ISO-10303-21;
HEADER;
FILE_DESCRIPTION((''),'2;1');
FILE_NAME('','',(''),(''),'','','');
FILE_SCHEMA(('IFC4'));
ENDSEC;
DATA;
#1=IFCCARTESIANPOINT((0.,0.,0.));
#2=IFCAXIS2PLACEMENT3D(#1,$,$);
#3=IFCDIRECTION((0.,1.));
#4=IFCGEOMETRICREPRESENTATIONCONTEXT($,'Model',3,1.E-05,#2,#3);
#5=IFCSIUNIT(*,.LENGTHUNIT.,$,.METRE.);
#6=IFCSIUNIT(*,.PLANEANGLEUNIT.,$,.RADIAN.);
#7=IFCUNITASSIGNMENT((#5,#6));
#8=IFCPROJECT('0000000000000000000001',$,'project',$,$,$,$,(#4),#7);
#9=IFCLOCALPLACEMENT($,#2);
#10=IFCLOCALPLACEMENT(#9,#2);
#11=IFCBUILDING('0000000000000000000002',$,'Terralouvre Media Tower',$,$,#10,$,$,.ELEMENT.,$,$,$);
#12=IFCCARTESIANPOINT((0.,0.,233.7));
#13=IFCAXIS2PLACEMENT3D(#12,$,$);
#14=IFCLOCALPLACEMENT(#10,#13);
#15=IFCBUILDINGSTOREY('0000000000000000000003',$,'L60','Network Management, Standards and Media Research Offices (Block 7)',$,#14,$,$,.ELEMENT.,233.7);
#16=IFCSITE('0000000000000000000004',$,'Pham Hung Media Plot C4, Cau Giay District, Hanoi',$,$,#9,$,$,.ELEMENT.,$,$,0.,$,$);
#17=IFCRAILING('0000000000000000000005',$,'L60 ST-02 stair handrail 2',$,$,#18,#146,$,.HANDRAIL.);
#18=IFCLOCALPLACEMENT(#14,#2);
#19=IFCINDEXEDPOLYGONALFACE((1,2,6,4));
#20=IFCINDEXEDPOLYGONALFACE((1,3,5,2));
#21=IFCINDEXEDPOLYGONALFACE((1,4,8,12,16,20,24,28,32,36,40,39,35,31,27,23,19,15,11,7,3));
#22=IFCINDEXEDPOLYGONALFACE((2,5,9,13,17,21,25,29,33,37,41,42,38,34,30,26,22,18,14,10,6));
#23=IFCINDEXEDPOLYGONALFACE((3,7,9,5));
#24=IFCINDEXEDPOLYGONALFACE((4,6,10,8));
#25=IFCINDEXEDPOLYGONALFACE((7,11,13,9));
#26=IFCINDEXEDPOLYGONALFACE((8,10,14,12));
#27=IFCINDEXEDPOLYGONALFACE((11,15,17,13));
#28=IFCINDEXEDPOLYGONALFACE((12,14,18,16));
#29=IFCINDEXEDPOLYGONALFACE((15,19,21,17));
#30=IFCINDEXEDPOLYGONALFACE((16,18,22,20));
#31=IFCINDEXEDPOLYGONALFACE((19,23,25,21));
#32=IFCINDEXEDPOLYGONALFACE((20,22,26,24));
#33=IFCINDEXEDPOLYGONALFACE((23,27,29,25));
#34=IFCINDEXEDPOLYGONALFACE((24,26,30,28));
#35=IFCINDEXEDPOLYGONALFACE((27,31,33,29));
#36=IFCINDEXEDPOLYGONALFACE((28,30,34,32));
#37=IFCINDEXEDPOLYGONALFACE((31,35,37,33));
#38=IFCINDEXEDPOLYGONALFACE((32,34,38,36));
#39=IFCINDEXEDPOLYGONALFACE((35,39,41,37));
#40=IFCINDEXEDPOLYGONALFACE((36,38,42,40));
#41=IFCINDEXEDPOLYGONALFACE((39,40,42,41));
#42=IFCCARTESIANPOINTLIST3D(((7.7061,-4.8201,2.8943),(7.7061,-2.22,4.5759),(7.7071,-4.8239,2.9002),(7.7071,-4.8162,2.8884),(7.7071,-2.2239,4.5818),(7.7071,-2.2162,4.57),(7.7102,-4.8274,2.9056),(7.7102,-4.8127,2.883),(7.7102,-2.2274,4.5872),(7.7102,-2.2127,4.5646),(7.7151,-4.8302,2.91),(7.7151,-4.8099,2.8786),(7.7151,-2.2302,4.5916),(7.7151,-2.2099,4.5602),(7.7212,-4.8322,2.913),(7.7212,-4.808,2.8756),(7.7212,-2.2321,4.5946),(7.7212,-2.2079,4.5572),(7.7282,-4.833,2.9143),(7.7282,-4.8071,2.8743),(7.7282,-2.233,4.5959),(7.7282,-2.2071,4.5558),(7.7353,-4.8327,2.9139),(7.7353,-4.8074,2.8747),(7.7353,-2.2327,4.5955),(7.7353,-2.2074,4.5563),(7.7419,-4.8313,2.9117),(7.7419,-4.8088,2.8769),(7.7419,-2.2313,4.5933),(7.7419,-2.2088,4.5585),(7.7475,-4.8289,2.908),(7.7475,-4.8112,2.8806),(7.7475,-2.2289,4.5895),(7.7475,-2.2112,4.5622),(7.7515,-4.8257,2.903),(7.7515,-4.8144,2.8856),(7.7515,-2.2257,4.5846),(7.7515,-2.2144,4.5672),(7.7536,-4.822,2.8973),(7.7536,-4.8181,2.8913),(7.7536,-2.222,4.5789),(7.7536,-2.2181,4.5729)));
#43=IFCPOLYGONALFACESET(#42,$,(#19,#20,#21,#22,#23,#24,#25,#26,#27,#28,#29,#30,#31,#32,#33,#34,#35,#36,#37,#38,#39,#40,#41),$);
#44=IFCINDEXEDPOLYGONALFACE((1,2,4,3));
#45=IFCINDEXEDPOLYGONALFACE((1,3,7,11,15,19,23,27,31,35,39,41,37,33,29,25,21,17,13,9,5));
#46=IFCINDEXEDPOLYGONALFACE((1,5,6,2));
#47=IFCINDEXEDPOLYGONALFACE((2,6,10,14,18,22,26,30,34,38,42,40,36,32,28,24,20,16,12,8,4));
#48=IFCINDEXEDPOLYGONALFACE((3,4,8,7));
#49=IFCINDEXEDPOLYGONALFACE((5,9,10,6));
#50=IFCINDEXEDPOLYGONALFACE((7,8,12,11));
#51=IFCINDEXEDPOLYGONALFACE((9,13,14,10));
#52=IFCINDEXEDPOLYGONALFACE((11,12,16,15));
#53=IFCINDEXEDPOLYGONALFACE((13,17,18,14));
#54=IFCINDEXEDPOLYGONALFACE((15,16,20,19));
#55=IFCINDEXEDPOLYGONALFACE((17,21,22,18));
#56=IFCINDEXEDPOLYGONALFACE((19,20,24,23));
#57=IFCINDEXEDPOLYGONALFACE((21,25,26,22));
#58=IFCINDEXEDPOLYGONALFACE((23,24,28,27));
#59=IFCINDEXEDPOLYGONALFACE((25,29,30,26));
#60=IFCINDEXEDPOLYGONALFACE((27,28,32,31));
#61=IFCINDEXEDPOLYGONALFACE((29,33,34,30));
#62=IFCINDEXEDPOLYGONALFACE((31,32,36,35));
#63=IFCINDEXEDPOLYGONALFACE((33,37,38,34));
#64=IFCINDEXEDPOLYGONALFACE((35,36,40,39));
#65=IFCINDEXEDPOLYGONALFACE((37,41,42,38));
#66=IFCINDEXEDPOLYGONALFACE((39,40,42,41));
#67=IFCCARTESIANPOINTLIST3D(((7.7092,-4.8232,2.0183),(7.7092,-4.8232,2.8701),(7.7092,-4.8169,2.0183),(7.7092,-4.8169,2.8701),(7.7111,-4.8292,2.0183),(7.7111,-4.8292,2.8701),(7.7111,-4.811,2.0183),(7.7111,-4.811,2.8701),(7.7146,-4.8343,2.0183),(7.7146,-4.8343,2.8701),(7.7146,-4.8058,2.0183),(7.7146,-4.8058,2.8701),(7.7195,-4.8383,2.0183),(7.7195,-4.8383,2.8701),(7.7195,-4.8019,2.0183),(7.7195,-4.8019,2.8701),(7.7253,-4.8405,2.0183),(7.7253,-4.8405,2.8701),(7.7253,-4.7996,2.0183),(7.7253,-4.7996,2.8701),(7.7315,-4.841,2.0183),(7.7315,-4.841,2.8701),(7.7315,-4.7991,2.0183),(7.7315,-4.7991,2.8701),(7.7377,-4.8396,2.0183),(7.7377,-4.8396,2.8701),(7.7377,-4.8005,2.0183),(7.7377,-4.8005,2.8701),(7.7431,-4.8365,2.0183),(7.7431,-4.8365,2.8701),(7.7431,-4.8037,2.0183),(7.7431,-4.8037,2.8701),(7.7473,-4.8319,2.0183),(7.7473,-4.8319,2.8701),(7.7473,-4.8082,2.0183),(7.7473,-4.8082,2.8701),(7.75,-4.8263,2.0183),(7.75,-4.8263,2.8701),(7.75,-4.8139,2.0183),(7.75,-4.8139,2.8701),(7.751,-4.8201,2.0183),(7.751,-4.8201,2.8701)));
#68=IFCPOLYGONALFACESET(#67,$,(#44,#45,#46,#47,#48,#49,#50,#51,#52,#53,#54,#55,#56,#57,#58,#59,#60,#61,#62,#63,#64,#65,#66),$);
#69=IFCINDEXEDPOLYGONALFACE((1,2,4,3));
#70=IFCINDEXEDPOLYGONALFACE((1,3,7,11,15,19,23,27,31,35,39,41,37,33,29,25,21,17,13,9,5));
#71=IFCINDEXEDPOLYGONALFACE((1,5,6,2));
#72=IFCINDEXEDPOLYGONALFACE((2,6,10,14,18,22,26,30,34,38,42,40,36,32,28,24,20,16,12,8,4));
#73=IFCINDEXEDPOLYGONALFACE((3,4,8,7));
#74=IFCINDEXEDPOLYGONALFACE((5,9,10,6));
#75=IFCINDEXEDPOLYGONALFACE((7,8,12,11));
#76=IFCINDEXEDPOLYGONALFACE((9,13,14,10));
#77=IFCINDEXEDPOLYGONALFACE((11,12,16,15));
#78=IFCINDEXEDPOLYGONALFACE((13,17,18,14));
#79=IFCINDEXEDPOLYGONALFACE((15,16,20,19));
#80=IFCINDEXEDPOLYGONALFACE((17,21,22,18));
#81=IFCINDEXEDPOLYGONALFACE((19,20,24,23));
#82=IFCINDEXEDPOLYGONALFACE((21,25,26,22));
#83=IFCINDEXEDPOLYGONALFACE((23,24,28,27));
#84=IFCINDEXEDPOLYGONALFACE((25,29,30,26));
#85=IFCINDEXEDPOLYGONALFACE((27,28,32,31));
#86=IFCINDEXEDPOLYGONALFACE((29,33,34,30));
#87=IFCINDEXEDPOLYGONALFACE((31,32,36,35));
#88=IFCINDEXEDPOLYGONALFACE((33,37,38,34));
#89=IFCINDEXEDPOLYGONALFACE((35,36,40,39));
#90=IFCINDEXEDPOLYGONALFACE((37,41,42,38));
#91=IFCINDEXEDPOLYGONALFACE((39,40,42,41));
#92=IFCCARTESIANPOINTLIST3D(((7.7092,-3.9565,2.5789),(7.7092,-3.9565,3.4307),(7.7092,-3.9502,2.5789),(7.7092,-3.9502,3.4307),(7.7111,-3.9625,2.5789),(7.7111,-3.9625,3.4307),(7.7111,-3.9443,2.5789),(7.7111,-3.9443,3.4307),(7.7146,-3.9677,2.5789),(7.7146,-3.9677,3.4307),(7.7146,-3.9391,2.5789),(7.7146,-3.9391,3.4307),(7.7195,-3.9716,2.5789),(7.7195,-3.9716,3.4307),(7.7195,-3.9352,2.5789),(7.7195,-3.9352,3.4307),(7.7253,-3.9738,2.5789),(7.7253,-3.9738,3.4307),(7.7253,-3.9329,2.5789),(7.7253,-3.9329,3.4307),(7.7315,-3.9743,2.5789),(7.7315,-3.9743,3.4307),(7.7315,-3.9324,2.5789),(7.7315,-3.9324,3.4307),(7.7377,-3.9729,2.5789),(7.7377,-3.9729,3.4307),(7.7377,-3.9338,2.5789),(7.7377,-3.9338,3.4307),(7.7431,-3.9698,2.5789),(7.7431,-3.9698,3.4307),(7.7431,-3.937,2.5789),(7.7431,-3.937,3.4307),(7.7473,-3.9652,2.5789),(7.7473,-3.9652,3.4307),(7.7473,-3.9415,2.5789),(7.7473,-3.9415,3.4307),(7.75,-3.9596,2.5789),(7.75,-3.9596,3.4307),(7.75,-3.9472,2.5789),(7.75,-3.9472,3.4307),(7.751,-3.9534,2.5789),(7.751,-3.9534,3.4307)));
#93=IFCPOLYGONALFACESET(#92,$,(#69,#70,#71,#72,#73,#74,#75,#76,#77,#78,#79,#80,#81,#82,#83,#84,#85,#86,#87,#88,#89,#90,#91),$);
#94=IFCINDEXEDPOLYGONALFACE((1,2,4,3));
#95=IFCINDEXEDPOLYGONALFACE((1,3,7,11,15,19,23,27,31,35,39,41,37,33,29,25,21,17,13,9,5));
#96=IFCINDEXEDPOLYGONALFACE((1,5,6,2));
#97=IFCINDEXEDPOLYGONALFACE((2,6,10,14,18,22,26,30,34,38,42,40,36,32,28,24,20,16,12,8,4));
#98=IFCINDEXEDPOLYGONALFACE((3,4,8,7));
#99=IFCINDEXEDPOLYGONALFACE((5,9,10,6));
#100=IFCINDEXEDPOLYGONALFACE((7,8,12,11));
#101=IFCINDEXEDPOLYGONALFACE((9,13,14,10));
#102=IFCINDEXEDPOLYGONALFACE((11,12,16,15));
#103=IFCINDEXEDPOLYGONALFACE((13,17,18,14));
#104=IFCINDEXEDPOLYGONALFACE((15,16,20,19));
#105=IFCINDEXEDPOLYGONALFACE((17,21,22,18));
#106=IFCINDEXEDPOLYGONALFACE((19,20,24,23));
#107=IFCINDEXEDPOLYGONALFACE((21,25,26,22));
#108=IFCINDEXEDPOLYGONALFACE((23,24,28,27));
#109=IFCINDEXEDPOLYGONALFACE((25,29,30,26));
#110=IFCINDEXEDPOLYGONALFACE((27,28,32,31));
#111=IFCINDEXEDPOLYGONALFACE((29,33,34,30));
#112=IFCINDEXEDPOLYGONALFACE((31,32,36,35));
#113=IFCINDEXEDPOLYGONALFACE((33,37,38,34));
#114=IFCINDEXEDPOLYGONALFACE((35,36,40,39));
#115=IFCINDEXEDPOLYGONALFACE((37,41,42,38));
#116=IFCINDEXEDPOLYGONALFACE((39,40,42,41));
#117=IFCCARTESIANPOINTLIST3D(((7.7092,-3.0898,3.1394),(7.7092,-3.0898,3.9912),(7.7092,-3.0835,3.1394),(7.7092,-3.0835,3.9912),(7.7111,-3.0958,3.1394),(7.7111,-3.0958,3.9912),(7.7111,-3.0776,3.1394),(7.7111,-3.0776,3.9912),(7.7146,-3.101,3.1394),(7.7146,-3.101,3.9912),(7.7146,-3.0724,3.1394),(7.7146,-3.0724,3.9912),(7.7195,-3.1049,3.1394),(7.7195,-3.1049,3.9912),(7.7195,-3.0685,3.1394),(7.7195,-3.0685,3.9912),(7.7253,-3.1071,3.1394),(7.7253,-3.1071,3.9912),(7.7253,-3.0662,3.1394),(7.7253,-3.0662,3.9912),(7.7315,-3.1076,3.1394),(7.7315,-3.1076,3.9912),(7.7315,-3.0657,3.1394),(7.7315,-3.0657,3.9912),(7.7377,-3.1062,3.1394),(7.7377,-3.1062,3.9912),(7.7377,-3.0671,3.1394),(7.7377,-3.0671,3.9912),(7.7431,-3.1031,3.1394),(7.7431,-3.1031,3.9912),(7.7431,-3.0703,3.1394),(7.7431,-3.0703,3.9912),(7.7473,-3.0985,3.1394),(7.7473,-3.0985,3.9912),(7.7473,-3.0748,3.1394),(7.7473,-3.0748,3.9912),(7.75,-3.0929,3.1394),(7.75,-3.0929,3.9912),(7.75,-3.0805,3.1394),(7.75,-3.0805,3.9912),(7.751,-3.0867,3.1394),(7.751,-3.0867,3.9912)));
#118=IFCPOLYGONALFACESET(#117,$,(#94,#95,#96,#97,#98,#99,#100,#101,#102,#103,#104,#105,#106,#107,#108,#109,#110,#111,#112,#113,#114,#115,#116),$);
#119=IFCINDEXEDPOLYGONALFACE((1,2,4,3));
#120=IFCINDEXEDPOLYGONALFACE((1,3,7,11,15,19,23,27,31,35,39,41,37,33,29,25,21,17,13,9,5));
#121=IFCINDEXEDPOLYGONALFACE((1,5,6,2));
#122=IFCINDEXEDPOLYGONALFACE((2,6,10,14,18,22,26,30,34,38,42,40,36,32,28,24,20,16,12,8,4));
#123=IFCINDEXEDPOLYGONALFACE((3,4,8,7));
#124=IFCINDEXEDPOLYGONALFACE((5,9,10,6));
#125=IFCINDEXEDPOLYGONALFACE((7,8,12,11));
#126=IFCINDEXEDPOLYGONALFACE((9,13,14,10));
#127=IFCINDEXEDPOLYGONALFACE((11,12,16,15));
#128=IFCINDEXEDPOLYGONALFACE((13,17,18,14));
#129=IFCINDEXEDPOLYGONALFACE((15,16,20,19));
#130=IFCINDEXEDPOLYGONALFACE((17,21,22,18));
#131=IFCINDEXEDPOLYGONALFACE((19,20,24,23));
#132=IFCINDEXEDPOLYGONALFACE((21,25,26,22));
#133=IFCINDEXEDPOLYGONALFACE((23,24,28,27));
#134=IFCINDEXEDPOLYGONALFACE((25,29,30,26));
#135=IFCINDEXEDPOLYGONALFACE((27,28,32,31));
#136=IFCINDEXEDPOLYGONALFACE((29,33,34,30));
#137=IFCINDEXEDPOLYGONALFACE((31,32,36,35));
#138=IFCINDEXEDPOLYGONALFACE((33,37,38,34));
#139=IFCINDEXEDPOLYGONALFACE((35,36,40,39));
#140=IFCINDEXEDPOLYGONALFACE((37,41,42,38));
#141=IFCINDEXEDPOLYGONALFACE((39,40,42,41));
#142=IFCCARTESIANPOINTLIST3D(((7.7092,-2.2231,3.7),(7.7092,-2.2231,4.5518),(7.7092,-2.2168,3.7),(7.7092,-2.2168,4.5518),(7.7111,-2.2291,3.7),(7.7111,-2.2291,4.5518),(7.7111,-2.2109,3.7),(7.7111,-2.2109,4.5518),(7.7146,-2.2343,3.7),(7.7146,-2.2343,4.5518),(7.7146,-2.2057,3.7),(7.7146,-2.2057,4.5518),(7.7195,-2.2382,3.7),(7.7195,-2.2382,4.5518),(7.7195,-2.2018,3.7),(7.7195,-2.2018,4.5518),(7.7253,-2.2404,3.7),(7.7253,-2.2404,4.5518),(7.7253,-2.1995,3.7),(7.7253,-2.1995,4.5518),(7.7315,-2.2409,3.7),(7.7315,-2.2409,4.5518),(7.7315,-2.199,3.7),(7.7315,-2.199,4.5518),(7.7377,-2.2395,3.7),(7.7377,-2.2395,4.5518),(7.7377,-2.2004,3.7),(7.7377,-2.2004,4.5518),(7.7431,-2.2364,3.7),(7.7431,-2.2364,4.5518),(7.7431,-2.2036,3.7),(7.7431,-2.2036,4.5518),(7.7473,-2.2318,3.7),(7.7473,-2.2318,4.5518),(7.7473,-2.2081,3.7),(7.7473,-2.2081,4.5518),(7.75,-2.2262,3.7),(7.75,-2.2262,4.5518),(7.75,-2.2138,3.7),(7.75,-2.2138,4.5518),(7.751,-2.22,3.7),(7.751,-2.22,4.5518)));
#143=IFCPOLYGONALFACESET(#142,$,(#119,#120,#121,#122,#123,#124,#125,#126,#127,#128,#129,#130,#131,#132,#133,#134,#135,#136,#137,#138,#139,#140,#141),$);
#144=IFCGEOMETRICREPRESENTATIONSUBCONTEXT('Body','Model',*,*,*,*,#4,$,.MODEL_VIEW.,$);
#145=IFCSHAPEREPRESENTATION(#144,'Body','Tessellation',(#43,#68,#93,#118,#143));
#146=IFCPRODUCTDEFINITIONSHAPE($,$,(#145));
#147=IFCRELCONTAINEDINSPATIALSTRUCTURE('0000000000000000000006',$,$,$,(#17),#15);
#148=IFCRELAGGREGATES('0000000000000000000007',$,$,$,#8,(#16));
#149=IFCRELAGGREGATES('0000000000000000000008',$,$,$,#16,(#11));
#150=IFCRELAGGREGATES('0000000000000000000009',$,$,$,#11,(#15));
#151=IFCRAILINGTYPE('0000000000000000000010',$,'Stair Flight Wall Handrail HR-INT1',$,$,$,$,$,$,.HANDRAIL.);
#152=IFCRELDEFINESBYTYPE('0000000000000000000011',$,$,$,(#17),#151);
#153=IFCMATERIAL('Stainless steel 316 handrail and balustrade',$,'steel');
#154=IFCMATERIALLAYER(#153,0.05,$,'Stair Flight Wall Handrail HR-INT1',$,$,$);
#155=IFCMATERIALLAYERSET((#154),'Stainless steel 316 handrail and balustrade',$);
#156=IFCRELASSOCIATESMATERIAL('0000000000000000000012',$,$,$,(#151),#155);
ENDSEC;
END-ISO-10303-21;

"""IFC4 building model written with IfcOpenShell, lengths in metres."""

from ifc_helpers import new_model, si_unit, direction, frame, origin, origin_2d, place, context, subcontext, project, spatial, circle, extrude, material, layer, layer_set, type_object, element, save


model = new_model("IFC4")

# Units and contexts
model_context = context("Model", 3, precision=1e-05, world=origin(), true_north=direction((0.0, 1.0)))
body_context = subcontext(model_context, "Body", "Model", "MODEL_VIEW")
ifc_project = project(units=[si_unit("LENGTHUNIT", "METRE"), si_unit("PLANEANGLEUNIT", "RADIAN")], contexts=[model_context])

# Site, building, storey
site_placement = place(None, origin())
site = spatial("IfcSite", under=ifc_project, at=site_placement, Name="Pham Hung Media Plot C4, Cau Giay District, Hanoi", CompositionType="ELEMENT", RefElevation=0.0)
building_placement = place(site_placement, origin())
building = spatial("IfcBuilding", under=site, at=building_placement, Name="Terralouvre Media Tower", CompositionType="ELEMENT")
storey_placement = place(building_placement, frame((0.0, 0.0, 233.7)))
storey = spatial("IfcBuildingStorey", under=building, at=storey_placement, Name="L60", Description="Network Management, Standards and Media Research Offices (Block 7)", CompositionType="ELEMENT", Elevation=233.7)

# Railing
ifc_material_1 = material(Name="Stainless steel 316 handrail and balustrade", Category="steel")
ifc_layer_1 = layer(ifc_material_1, 0.05, Name="Stair Flight Wall Handrail HR-INT1")
ifc_layer_set_1 = layer_set([ifc_layer_1], Name="Stainless steel 316 handrail and balustrade")
railing_type_1 = type_object("IfcRailingType", Name="Stair Flight Wall Handrail HR-INT1", PredefinedType="HANDRAIL", material=ifc_layer_set_1)
railing_1_placement = place(storey_placement, frame((7.73, -4.8201, 2.0183)))
element("IfcRailing", 1, at=railing_1_placement, inside=storey, type_object=railing_type_1, Name="L60 ST-02 stair handrail 2", PredefinedType="HANDRAIL", context=body_context, shape_type="SweptSolid", body=[
    extrude(circle(Radius=0.0239, at=origin_2d()), frame((0.0, 0.0, 0.876), z_axis=(0.0, 0.839684, 0.543075), x_axis=(-1.0, 0.0, 0.0)), (0.0, 0.0, 1.0), 3.0964),
    extrude(circle(Radius=0.021, at=origin_2d()), origin(), (0.0, 0.0, 1.0), 0.8518),
    extrude(circle(Radius=0.021, at=origin_2d()), frame((0.0, 0.8667, 0.5605)), (0.0, 0.0, 1.0), 0.8518),
    extrude(circle(Radius=0.021, at=origin_2d()), frame((0.0, 1.7334, 1.1211)), (0.0, 0.0, 1.0), 0.8518),
    extrude(circle(Radius=0.021, at=origin_2d()), frame((0.0, 2.6001, 1.6816)), (0.0, 0.0, 1.0), 0.8518),
])

save(model, "model.ifc")
